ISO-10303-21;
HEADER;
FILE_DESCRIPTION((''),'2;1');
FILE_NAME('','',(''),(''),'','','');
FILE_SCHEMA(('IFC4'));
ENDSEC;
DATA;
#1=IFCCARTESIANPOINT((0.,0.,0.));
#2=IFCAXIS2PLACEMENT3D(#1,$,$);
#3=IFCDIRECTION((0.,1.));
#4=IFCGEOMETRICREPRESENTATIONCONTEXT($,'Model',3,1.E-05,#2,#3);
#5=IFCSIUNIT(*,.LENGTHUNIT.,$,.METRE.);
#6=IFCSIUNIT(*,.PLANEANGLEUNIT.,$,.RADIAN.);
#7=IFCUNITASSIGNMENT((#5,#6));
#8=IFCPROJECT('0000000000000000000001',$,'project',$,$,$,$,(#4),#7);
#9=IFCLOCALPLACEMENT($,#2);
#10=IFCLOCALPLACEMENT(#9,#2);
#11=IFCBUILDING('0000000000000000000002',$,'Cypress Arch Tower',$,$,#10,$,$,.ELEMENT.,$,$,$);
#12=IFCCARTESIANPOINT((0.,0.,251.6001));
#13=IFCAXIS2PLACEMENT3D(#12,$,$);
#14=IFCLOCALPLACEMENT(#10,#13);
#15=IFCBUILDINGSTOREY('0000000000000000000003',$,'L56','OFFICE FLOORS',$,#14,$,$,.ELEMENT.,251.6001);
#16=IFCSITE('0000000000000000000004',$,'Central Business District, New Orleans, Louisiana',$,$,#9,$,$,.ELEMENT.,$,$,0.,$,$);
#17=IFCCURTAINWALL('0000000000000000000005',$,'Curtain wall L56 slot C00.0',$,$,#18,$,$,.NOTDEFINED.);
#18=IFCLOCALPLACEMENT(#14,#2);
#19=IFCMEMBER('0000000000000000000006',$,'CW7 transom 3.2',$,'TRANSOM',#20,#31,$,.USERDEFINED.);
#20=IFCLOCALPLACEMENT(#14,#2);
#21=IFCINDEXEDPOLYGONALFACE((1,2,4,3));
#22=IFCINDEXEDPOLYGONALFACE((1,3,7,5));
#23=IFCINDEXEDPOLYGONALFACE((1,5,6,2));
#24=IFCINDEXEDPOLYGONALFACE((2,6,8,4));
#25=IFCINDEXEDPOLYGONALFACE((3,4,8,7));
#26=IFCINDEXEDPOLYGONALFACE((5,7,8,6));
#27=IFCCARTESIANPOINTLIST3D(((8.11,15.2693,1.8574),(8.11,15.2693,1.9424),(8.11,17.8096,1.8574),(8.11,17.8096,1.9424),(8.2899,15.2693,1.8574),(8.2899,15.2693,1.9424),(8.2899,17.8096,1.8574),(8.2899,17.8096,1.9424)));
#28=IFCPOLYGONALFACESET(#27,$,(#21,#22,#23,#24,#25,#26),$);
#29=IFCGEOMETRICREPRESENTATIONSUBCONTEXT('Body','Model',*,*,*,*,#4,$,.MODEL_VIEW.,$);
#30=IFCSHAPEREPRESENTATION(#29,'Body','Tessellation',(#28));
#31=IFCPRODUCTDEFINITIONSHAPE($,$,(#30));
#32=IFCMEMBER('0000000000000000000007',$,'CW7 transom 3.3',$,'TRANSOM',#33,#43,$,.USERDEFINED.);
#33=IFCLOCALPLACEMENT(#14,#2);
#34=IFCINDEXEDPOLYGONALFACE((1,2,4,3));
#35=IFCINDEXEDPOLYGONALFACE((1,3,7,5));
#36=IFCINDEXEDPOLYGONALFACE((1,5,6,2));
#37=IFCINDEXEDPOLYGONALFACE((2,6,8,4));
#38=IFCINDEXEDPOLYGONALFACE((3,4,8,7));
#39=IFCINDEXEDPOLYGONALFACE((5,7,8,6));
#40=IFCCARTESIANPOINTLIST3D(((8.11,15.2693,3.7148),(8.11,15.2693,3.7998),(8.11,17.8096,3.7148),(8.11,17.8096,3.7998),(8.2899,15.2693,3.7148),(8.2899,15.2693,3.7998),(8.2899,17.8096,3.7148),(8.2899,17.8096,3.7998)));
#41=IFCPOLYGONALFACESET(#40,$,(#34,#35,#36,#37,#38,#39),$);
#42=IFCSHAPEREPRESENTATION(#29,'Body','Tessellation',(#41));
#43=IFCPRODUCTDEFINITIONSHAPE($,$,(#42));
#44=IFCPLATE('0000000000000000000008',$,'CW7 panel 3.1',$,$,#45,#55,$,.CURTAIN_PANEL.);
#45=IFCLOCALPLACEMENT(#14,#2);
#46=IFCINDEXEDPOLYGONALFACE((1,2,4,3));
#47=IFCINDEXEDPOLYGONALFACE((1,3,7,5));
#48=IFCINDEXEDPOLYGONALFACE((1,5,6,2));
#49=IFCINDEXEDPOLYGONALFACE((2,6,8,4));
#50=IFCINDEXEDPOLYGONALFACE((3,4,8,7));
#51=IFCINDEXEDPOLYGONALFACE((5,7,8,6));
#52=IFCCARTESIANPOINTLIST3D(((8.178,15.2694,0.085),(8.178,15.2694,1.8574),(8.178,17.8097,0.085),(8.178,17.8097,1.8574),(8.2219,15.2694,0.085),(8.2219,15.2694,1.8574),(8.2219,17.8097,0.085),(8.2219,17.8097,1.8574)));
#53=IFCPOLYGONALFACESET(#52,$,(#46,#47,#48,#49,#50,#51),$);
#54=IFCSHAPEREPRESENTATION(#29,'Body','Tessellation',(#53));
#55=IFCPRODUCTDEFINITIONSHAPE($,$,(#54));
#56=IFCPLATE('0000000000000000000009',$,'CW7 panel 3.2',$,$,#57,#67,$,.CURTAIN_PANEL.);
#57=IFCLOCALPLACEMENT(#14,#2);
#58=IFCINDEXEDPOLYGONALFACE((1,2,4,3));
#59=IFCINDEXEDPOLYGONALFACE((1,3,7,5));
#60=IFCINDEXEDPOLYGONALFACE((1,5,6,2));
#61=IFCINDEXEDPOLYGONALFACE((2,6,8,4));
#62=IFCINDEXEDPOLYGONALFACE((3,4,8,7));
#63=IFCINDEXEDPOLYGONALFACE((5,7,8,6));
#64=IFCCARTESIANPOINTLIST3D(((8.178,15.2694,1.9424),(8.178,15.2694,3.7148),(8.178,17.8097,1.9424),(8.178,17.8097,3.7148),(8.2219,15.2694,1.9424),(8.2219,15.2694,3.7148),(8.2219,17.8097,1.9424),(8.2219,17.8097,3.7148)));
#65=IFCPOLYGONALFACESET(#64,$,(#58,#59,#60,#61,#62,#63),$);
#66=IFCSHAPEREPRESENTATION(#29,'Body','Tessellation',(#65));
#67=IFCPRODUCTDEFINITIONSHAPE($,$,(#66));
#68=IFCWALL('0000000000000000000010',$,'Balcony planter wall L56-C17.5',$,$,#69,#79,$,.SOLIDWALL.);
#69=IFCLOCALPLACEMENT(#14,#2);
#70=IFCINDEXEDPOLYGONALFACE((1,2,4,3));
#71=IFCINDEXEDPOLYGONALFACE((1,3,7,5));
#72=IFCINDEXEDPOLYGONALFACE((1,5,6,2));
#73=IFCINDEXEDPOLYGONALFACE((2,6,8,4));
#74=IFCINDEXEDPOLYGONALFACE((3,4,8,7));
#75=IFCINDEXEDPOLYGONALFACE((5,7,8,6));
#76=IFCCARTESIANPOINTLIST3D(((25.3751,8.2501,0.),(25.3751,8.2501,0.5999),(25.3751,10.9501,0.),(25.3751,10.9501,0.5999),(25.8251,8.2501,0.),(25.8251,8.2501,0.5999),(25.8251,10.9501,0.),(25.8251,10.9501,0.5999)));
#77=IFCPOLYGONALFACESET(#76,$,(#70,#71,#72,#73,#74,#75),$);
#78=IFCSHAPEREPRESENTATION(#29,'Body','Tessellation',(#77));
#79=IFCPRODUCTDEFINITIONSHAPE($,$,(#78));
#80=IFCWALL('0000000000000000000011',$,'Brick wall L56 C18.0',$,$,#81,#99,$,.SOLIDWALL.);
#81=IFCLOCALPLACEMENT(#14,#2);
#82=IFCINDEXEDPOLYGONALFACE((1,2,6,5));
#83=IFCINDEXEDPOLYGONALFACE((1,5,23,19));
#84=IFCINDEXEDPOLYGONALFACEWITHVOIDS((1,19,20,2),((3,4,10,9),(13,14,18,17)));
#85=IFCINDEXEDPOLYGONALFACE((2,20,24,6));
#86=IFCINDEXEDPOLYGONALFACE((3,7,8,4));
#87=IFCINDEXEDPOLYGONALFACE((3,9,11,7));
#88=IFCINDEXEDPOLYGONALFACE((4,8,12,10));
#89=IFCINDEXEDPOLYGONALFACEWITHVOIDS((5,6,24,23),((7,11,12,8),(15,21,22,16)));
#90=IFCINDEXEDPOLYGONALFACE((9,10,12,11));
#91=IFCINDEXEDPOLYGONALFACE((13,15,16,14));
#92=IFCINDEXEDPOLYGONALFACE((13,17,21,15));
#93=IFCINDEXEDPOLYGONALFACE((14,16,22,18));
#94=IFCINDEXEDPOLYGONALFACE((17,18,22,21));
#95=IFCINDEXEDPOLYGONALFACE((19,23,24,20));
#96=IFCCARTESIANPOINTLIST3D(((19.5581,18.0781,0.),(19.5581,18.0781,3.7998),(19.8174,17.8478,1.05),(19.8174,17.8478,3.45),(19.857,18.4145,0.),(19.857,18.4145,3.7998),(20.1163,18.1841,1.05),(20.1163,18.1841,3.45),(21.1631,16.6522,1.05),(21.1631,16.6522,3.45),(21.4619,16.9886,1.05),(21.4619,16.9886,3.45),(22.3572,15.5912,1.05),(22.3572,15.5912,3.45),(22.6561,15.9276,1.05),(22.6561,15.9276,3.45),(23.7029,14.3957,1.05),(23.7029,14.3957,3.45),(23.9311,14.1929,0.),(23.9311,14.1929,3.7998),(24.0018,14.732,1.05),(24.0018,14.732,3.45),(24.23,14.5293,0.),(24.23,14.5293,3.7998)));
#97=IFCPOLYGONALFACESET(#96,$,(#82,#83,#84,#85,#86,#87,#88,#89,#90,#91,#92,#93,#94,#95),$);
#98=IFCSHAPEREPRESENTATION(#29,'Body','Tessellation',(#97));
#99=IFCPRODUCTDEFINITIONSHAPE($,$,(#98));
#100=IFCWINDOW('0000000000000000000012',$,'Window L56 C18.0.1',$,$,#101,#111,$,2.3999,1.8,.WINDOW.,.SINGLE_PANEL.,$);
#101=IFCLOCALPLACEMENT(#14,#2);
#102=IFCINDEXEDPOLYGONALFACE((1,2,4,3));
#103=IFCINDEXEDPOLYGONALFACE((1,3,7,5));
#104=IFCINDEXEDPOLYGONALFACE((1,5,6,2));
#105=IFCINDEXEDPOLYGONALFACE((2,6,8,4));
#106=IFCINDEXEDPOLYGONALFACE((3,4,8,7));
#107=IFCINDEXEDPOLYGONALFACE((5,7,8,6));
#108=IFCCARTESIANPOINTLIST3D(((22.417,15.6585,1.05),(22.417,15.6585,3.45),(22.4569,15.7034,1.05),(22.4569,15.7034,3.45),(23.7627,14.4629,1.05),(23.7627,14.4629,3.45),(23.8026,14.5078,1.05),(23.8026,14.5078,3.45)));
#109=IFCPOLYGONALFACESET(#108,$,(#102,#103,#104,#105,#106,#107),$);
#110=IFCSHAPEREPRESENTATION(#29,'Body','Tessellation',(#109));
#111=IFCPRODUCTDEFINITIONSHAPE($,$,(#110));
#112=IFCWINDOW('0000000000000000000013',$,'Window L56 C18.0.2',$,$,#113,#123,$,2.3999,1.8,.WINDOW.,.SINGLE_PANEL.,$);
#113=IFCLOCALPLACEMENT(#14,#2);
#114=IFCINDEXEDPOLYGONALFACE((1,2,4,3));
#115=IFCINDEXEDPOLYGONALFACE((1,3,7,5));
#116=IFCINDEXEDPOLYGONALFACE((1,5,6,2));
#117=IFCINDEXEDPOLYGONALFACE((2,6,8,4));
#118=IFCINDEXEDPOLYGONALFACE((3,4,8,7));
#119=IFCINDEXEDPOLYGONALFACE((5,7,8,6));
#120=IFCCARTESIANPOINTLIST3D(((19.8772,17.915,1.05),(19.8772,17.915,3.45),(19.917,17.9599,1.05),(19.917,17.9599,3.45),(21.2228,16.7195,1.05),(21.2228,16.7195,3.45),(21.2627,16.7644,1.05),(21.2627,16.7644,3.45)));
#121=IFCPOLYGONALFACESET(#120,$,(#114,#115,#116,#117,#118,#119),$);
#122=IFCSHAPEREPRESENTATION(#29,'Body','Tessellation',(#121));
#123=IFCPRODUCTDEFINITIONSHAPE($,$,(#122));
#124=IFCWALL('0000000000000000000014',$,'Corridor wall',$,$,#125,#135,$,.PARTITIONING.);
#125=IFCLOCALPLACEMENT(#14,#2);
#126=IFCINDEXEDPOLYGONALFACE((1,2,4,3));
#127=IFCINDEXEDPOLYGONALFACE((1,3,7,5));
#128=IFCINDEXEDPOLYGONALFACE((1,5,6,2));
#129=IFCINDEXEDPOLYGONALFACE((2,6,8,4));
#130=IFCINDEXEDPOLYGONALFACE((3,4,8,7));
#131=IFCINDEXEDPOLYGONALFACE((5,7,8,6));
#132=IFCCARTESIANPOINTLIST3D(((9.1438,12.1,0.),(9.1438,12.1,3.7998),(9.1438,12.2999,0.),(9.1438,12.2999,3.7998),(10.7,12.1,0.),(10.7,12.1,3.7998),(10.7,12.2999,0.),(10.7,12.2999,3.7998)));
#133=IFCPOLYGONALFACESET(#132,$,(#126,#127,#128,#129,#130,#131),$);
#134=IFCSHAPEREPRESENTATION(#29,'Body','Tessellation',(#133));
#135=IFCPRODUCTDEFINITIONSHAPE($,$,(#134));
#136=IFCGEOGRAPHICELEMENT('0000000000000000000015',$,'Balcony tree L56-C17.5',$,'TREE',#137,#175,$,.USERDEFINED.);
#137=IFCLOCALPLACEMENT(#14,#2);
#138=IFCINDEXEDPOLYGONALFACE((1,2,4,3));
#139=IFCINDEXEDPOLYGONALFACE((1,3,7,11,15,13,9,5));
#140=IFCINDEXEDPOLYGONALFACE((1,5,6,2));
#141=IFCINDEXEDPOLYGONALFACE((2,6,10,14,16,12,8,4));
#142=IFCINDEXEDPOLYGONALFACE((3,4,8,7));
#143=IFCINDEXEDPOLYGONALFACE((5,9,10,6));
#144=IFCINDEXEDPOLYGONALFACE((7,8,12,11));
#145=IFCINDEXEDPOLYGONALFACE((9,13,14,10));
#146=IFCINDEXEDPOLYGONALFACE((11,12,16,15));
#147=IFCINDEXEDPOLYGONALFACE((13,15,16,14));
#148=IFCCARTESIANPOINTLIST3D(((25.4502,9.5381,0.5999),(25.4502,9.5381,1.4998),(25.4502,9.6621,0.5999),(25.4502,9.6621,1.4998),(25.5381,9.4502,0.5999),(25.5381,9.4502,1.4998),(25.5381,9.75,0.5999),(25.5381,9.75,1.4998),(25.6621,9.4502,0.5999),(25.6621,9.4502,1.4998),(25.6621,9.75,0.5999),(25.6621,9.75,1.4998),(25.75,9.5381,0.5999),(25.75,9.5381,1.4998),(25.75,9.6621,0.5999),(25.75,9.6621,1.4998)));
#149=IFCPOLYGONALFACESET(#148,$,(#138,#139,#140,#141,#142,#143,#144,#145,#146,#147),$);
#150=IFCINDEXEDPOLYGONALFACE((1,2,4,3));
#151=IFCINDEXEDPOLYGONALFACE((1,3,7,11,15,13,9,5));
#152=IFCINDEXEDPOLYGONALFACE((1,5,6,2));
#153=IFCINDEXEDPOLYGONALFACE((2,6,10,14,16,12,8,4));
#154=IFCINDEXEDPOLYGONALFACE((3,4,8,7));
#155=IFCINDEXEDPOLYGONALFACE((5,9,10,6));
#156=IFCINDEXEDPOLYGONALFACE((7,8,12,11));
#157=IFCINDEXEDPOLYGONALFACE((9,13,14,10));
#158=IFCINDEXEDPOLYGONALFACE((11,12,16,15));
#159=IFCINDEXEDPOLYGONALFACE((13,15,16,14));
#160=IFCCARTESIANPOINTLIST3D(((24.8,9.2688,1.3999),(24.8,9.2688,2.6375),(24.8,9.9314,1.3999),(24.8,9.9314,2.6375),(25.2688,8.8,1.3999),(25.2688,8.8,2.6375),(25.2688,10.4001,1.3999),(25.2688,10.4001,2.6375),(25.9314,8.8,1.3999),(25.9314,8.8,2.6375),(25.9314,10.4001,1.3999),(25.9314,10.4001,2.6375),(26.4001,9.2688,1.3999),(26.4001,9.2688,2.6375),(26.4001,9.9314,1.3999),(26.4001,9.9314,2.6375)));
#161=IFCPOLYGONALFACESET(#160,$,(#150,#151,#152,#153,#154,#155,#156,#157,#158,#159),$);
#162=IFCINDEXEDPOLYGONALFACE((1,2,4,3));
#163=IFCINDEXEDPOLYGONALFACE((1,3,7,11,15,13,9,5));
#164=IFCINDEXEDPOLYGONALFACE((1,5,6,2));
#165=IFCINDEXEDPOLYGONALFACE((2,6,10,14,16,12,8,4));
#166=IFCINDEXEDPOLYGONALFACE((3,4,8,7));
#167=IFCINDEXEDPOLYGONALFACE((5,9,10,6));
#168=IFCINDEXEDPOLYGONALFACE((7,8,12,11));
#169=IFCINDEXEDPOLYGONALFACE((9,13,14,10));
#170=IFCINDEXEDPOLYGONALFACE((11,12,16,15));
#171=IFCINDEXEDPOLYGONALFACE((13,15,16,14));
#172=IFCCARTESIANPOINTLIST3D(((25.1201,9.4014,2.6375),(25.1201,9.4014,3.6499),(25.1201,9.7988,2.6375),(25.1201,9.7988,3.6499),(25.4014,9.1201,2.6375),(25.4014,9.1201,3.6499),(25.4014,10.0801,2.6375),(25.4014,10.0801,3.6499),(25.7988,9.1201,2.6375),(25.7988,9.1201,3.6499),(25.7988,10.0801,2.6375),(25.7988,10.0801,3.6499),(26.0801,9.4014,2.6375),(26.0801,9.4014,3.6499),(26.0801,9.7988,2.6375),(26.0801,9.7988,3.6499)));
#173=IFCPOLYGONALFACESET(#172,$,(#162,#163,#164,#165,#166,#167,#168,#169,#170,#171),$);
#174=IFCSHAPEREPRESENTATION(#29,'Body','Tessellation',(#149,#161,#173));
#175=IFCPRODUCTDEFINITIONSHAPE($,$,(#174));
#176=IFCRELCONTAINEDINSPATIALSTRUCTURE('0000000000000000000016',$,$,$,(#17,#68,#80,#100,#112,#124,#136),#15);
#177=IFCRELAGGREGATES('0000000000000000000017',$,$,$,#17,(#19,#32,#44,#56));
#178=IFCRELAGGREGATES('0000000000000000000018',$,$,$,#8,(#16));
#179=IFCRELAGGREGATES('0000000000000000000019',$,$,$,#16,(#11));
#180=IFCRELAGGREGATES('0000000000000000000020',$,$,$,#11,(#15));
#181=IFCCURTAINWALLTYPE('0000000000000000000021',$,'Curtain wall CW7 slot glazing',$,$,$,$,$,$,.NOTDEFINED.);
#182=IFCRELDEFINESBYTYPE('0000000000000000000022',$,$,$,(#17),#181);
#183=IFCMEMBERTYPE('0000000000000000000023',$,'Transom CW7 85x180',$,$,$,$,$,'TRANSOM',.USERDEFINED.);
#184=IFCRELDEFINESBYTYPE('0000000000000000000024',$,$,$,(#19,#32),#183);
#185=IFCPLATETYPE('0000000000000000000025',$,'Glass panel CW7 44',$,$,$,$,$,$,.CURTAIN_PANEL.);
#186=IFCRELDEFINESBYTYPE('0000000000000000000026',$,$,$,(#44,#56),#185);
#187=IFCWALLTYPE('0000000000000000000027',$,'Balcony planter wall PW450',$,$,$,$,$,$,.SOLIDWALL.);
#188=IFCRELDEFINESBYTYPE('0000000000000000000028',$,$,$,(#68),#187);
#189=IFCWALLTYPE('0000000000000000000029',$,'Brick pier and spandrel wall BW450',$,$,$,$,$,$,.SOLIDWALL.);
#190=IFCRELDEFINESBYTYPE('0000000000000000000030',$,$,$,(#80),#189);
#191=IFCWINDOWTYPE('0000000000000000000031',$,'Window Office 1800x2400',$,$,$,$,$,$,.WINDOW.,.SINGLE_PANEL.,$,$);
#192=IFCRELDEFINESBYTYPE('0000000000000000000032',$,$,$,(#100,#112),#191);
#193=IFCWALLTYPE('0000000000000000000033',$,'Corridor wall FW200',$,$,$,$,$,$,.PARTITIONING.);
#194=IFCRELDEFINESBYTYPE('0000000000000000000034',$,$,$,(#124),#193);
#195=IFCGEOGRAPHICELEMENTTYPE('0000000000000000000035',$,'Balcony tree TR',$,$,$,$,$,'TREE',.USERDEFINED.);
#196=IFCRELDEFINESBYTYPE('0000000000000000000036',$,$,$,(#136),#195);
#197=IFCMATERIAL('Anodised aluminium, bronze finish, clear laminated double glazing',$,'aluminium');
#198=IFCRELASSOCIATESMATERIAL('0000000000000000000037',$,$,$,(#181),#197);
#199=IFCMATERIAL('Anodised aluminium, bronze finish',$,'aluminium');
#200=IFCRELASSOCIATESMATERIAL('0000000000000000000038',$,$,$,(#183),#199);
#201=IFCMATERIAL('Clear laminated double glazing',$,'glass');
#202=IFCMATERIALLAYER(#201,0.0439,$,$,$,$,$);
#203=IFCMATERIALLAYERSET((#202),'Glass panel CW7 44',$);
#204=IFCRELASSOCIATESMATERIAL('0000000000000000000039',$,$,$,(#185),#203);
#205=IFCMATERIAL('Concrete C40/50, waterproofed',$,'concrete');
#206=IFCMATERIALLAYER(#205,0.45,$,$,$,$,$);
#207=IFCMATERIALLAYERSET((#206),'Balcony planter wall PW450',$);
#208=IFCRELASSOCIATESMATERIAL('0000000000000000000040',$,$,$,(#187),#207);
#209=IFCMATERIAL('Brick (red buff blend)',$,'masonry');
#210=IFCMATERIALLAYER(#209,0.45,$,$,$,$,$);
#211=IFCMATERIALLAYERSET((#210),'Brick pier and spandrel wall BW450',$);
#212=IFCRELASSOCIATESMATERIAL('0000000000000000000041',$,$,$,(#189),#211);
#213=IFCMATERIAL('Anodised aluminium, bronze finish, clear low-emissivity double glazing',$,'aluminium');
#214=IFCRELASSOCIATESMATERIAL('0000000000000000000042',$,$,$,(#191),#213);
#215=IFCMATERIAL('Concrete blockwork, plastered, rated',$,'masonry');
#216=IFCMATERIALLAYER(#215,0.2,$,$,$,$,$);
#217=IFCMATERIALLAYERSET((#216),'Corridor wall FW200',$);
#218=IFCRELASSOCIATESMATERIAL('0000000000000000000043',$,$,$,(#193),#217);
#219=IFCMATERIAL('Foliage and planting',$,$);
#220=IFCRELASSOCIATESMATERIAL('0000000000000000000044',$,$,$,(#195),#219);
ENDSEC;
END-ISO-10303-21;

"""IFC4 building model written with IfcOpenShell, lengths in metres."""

from ifc_helpers import new_model, si_unit, direction, frame, frame_2d, origin, origin_2d, place, context, subcontext, project, spatial, polyline, rectangle, outline, extrude, material, layer, layer_set, material_profile, profile_set, type_object, element, fill, aggregate, save


model = new_model("IFC4")

# Units and contexts
model_context = context("Model", 3, precision=1e-05, world=origin(), true_north=direction((0.0, 1.0)))
body_context = subcontext(model_context, "Body", "Model", "MODEL_VIEW")
ifc_project = project(units=[si_unit("LENGTHUNIT", "METRE"), si_unit("PLANEANGLEUNIT", "RADIAN")], contexts=[model_context])

# Site, building, storey
site_placement = place(None, origin())
site = spatial("IfcSite", under=ifc_project, at=site_placement, Name="Central Business District, New Orleans, Louisiana", CompositionType="ELEMENT", RefElevation=0.0)
building_placement = place(site_placement, origin())
building = spatial("IfcBuilding", under=site, at=building_placement, Name="Cypress Arch Tower", CompositionType="ELEMENT")
storey_placement = place(building_placement, frame((0.0, 0.0, 251.6001)))
storey = spatial("IfcBuildingStorey", under=building, at=storey_placement, Name="L56", Description="OFFICE FLOORS", CompositionType="ELEMENT", Elevation=251.6001)

# Curtain wall
ifc_material_1 = material(Name="Anodised aluminium, bronze finish, clear laminated double glazing", Category="aluminium")
curtain_wall_type = type_object("IfcCurtainWallType", Name="Curtain wall CW7 slot glazing", PredefinedType="NOTDEFINED", material=ifc_material_1)
curtain_wall_placement = place(storey_placement, origin())
curtain_wall = element("IfcCurtainWall", 1, at=curtain_wall_placement, inside=storey, type_object=curtain_wall_type, Name="Curtain wall L56 slot C00.0", PredefinedType="NOTDEFINED")

# Members
ifc_material_2 = material(Name="Anodised aluminium, bronze finish", Category="aluminium")
ifc_material_profile_1 = material_profile(ifc_material_2, rectangle(XDim=0.1799, YDim=0.085, at=origin_2d()), Name="Transom 85x180")
ifc_profile_set_1 = profile_set([ifc_material_profile_1], Name="Anodised aluminium, bronze finish")
member_type_1 = type_object("IfcMemberType", Name="Transom CW7 85x180", ElementType="TRANSOM", PredefinedType="USERDEFINED", material=ifc_profile_set_1)
member_1_placement = place(storey_placement, frame((8.2, 17.8096, 1.8999), z_axis=(0.0, -1.0, 0.0), x_axis=(1.0, 0.0, 0.0)))
member_1 = element("IfcMember", 2, at=member_1_placement, type_object=member_type_1, Name="CW7 transom 3.2", ObjectType="TRANSOM", PredefinedType="USERDEFINED", context=body_context, shape_type="SweptSolid", body=[
    extrude(rectangle(XDim=0.1799, YDim=0.085, at=origin_2d()), origin(), (0.0, 0.0, 1.0), 2.5403),
])
member_2_placement = place(storey_placement, frame((8.2, 17.8096, 3.7573), z_axis=(0.0, -1.0, 0.0), x_axis=(1.0, 0.0, 0.0)))
member_2 = element("IfcMember", 3, at=member_2_placement, type_object=member_type_1, Name="CW7 transom 3.3", ObjectType="TRANSOM", PredefinedType="USERDEFINED", context=body_context, shape_type="SweptSolid", body=[
    extrude(rectangle(XDim=0.1799, YDim=0.085, at=origin_2d()), origin(), (0.0, 0.0, 1.0), 2.5403),
])

# Plates
ifc_material_3 = material(Name="Clear laminated double glazing", Category="glass")
ifc_layer_1 = layer(ifc_material_3, 0.0439)
ifc_layer_set_1 = layer_set([ifc_layer_1], Name="Glass panel CW7 44")
plate_type = type_object("IfcPlateType", Name="Glass panel CW7 44", PredefinedType="CURTAIN_PANEL", material=ifc_layer_set_1)
plate_1_placement = place(storey_placement, frame((8.2, 16.5396, 0.085), z_axis=(0.0, 0.0, 1.0), x_axis=(0.0, -1.0, 0.0)))
plate_1 = element("IfcPlate", 4, at=plate_1_placement, type_object=plate_type, Name="CW7 panel 3.1", PredefinedType="CURTAIN_PANEL", context=body_context, shape_type="SweptSolid", body=[
    extrude(rectangle(XDim=2.5403, YDim=0.0439, at=origin_2d()), origin(), (0.0, 0.0, 1.0), 1.7725),
])
plate_2_placement = place(storey_placement, frame((8.2, 16.5396, 1.9424), z_axis=(0.0, 0.0, 1.0), x_axis=(0.0, -1.0, 0.0)))
plate_2 = element("IfcPlate", 5, at=plate_2_placement, type_object=plate_type, Name="CW7 panel 3.2", PredefinedType="CURTAIN_PANEL", context=body_context, shape_type="SweptSolid", body=[
    extrude(rectangle(XDim=2.5403, YDim=0.0439, at=origin_2d()), origin(), (0.0, 0.0, 1.0), 1.7725),
])
aggregate(curtain_wall, [member_1, member_2, plate_1, plate_2])

# Wall
ifc_material_4 = material(Name="Concrete C40/50, waterproofed", Category="concrete")
ifc_layer_2 = layer(ifc_material_4, 0.45)
ifc_layer_set_2 = layer_set([ifc_layer_2], Name="Balcony planter wall PW450")
wall_type_1 = type_object("IfcWallType", Name="Balcony planter wall PW450", PredefinedType="SOLIDWALL", material=ifc_layer_set_2)
wall_1_placement = place(storey_placement, frame((25.6001, 8.25, 0.0), z_axis=(0.0, 0.0, 1.0), x_axis=(0.0, 1.0, 0.0)))
element("IfcWall", 6, at=wall_1_placement, inside=storey, type_object=wall_type_1, Name="Balcony planter wall L56-C17.5", PredefinedType="SOLIDWALL", context=body_context, shape_type="SweptSolid", body=[
    extrude(rectangle(XDim=2.7, YDim=0.45, at=frame_2d((1.3501, 0.0))), origin(), (0.0, 0.0, 1.0), 0.5999),
])

# Shared definitions
ifc_material_5 = material(Name="Brick (red buff blend)", Category="masonry")
ifc_layer_3 = layer(ifc_material_5, 0.45)
ifc_layer_set_3 = layer_set([ifc_layer_3], Name="Brick pier and spandrel wall BW450")
wall_type_2 = type_object("IfcWallType", Name="Brick pier and spandrel wall BW450", PredefinedType="SOLIDWALL", material=ifc_layer_set_3)

# Wall, openings, windows
wall_2_placement = place(storey_placement, frame((24.0806, 14.3611, 0.0), z_axis=(0.0, 0.0, 1.0), x_axis=(-0.74757, 0.664182, 0.0)))
wall_2 = element("IfcWall", 7, at=wall_2_placement, inside=storey, type_object=wall_type_2, Name="Brick wall L56 C18.0", PredefinedType="SOLIDWALL", context=body_context, shape_type="SweptSolid", body=[
    extrude(rectangle(XDim=5.8496, YDim=0.45, at=frame_2d((2.9248, 0.0))), origin(), (0.0, 0.0, 1.0), 3.7998),
])
opening_1_placement = place(wall_2_placement, frame((0.3054, 0.0, 1.05)))
opening_1 = element("IfcOpeningElement", 8, at=opening_1_placement, cuts=wall_2, PredefinedType="OPENING", context=body_context, shape_type="SweptSolid", body=[
    extrude(rectangle(XDim=1.8, YDim=2.3999, at=frame_2d((0.8999, 1.2))), frame((0.0, 0.2349, 0.0), z_axis=(0.0, -1.0, 0.0), x_axis=(1.0, 0.0, 0.0)), (0.0, 0.0, 1.0), 0.47),
])
opening_2_placement = place(wall_2_placement, frame((3.7029, 0.0, 1.05)))
opening_2 = element("IfcOpeningElement", 9, at=opening_2_placement, cuts=wall_2, PredefinedType="OPENING", context=body_context, shape_type="SweptSolid", body=[
    extrude(rectangle(XDim=1.8, YDim=2.3999, at=frame_2d((0.8999, 1.2))), frame((0.0, 0.2349, 0.0), z_axis=(0.0, -1.0, 0.0), x_axis=(1.0, 0.0, 0.0)), (0.0, 0.0, 1.0), 0.47),
])
ifc_material_6 = material(Name="Anodised aluminium, bronze finish, clear low-emissivity double glazing", Category="aluminium")
window_type_1 = type_object("IfcWindowType", Name="Window Office 1800x2400", PartitioningType="SINGLE_PANEL", PredefinedType="WINDOW", material=ifc_material_6)
window_1_placement = place(opening_1_placement, origin())
window_1 = element("IfcWindow", 10, at=window_1_placement, inside=storey, type_object=window_type_1, Name="Window L56 C18.0.1", OverallHeight=2.3999, OverallWidth=1.8, PartitioningType="SINGLE_PANEL", PredefinedType="WINDOW", context=body_context, shape_type="SweptSolid", body=[
    extrude(rectangle(XDim=1.8, YDim=2.3999, at=frame_2d((0.8999, 1.2))), frame((0.0, 0.135, 0.0), z_axis=(0.0, -1.0, 0.0), x_axis=(1.0, 0.0, 0.0)), (0.0, 0.0, 1.0), 0.0601),
])
fill(opening_1, window_1)
window_2_placement = place(opening_2_placement, origin())
window_2 = element("IfcWindow", 11, at=window_2_placement, inside=storey, type_object=window_type_1, Name="Window L56 C18.0.2", OverallHeight=2.3999, OverallWidth=1.8, PartitioningType="SINGLE_PANEL", PredefinedType="WINDOW", context=body_context, shape_type="SweptSolid", body=[
    extrude(rectangle(XDim=1.8, YDim=2.3999, at=frame_2d((0.8999, 1.2))), frame((0.0, 0.135, 0.0), z_axis=(0.0, -1.0, 0.0), x_axis=(1.0, 0.0, 0.0)), (0.0, 0.0, 1.0), 0.0601),
])
fill(opening_2, window_2)

# Wall
ifc_material_7 = material(Name="Concrete blockwork, plastered, rated", Category="masonry")
ifc_layer_4 = layer(ifc_material_7, 0.2)
ifc_layer_set_4 = layer_set([ifc_layer_4], Name="Corridor wall FW200")
wall_type_3 = type_object("IfcWallType", Name="Corridor wall FW200", PredefinedType="PARTITIONING", material=ifc_layer_set_4)
wall_3_placement = place(storey_placement, frame((9.1438, 12.2, 0.0), z_axis=(0.0, 0.0, 1.0), x_axis=(1.0, 0.0, 0.0)))
element("IfcWall", 12, at=wall_3_placement, inside=storey, type_object=wall_type_3, Name="Corridor wall", PredefinedType="PARTITIONING", context=body_context, shape_type="SweptSolid", body=[
    extrude(rectangle(XDim=1.5562, YDim=0.2, at=frame_2d((0.7781, 0.0))), origin(), (0.0, 0.0, 1.0), 3.7998),
])

# Geographic element
ifc_material_8 = material(Name="Foliage and planting")
geographic_element_type = type_object("IfcGeographicElementType", Name="Balcony tree TR", ElementType="TREE", PredefinedType="USERDEFINED", material=ifc_material_8)
geographic_element_placement = place(storey_placement, frame((25.6001, 9.6001, 0.5999), z_axis=(0.0, 0.0, 1.0), x_axis=(1.0, 0.0, 0.0)))
element("IfcGeographicElement", 13, at=geographic_element_placement, inside=storey, type_object=geographic_element_type, Name="Balcony tree L56-C17.5", ObjectType="TREE", PredefinedType="USERDEFINED", context=body_context, shape_type="SweptSolid", body=[
    extrude(outline(polyline([(0.1499, 0.062), (0.062, 0.1499), (-0.062, 0.1499), (-0.1499, 0.062), (-0.1499, -0.062), (-0.062, -0.1499), (0.062, -0.1499), (0.1499, -0.062), (0.1499, 0.062)])), origin(), (0.0, 0.0, 1.0), 0.8999),
    extrude(outline(polyline([(0.8, 0.3313), (0.3313, 0.8), (-0.3313, 0.8), (-0.8, 0.3313), (-0.8, -0.3313), (-0.3313, -0.8), (0.3313, -0.8), (0.8, -0.3313), (0.8, 0.3313)])), frame((0.0, 0.0, 0.8)), (0.0, 0.0, 1.0), 1.2375),
    extrude(outline(polyline([(0.48, 0.1987), (0.1987, 0.48), (-0.1987, 0.48), (-0.48, 0.1987), (-0.48, -0.1987), (-0.1987, -0.48), (0.1987, -0.48), (0.48, -0.1987), (0.48, 0.1987)])), frame((0.0, 0.0, 2.0376)), (0.0, 0.0, 1.0), 1.0125),
])

save(model, "model.ifc")
